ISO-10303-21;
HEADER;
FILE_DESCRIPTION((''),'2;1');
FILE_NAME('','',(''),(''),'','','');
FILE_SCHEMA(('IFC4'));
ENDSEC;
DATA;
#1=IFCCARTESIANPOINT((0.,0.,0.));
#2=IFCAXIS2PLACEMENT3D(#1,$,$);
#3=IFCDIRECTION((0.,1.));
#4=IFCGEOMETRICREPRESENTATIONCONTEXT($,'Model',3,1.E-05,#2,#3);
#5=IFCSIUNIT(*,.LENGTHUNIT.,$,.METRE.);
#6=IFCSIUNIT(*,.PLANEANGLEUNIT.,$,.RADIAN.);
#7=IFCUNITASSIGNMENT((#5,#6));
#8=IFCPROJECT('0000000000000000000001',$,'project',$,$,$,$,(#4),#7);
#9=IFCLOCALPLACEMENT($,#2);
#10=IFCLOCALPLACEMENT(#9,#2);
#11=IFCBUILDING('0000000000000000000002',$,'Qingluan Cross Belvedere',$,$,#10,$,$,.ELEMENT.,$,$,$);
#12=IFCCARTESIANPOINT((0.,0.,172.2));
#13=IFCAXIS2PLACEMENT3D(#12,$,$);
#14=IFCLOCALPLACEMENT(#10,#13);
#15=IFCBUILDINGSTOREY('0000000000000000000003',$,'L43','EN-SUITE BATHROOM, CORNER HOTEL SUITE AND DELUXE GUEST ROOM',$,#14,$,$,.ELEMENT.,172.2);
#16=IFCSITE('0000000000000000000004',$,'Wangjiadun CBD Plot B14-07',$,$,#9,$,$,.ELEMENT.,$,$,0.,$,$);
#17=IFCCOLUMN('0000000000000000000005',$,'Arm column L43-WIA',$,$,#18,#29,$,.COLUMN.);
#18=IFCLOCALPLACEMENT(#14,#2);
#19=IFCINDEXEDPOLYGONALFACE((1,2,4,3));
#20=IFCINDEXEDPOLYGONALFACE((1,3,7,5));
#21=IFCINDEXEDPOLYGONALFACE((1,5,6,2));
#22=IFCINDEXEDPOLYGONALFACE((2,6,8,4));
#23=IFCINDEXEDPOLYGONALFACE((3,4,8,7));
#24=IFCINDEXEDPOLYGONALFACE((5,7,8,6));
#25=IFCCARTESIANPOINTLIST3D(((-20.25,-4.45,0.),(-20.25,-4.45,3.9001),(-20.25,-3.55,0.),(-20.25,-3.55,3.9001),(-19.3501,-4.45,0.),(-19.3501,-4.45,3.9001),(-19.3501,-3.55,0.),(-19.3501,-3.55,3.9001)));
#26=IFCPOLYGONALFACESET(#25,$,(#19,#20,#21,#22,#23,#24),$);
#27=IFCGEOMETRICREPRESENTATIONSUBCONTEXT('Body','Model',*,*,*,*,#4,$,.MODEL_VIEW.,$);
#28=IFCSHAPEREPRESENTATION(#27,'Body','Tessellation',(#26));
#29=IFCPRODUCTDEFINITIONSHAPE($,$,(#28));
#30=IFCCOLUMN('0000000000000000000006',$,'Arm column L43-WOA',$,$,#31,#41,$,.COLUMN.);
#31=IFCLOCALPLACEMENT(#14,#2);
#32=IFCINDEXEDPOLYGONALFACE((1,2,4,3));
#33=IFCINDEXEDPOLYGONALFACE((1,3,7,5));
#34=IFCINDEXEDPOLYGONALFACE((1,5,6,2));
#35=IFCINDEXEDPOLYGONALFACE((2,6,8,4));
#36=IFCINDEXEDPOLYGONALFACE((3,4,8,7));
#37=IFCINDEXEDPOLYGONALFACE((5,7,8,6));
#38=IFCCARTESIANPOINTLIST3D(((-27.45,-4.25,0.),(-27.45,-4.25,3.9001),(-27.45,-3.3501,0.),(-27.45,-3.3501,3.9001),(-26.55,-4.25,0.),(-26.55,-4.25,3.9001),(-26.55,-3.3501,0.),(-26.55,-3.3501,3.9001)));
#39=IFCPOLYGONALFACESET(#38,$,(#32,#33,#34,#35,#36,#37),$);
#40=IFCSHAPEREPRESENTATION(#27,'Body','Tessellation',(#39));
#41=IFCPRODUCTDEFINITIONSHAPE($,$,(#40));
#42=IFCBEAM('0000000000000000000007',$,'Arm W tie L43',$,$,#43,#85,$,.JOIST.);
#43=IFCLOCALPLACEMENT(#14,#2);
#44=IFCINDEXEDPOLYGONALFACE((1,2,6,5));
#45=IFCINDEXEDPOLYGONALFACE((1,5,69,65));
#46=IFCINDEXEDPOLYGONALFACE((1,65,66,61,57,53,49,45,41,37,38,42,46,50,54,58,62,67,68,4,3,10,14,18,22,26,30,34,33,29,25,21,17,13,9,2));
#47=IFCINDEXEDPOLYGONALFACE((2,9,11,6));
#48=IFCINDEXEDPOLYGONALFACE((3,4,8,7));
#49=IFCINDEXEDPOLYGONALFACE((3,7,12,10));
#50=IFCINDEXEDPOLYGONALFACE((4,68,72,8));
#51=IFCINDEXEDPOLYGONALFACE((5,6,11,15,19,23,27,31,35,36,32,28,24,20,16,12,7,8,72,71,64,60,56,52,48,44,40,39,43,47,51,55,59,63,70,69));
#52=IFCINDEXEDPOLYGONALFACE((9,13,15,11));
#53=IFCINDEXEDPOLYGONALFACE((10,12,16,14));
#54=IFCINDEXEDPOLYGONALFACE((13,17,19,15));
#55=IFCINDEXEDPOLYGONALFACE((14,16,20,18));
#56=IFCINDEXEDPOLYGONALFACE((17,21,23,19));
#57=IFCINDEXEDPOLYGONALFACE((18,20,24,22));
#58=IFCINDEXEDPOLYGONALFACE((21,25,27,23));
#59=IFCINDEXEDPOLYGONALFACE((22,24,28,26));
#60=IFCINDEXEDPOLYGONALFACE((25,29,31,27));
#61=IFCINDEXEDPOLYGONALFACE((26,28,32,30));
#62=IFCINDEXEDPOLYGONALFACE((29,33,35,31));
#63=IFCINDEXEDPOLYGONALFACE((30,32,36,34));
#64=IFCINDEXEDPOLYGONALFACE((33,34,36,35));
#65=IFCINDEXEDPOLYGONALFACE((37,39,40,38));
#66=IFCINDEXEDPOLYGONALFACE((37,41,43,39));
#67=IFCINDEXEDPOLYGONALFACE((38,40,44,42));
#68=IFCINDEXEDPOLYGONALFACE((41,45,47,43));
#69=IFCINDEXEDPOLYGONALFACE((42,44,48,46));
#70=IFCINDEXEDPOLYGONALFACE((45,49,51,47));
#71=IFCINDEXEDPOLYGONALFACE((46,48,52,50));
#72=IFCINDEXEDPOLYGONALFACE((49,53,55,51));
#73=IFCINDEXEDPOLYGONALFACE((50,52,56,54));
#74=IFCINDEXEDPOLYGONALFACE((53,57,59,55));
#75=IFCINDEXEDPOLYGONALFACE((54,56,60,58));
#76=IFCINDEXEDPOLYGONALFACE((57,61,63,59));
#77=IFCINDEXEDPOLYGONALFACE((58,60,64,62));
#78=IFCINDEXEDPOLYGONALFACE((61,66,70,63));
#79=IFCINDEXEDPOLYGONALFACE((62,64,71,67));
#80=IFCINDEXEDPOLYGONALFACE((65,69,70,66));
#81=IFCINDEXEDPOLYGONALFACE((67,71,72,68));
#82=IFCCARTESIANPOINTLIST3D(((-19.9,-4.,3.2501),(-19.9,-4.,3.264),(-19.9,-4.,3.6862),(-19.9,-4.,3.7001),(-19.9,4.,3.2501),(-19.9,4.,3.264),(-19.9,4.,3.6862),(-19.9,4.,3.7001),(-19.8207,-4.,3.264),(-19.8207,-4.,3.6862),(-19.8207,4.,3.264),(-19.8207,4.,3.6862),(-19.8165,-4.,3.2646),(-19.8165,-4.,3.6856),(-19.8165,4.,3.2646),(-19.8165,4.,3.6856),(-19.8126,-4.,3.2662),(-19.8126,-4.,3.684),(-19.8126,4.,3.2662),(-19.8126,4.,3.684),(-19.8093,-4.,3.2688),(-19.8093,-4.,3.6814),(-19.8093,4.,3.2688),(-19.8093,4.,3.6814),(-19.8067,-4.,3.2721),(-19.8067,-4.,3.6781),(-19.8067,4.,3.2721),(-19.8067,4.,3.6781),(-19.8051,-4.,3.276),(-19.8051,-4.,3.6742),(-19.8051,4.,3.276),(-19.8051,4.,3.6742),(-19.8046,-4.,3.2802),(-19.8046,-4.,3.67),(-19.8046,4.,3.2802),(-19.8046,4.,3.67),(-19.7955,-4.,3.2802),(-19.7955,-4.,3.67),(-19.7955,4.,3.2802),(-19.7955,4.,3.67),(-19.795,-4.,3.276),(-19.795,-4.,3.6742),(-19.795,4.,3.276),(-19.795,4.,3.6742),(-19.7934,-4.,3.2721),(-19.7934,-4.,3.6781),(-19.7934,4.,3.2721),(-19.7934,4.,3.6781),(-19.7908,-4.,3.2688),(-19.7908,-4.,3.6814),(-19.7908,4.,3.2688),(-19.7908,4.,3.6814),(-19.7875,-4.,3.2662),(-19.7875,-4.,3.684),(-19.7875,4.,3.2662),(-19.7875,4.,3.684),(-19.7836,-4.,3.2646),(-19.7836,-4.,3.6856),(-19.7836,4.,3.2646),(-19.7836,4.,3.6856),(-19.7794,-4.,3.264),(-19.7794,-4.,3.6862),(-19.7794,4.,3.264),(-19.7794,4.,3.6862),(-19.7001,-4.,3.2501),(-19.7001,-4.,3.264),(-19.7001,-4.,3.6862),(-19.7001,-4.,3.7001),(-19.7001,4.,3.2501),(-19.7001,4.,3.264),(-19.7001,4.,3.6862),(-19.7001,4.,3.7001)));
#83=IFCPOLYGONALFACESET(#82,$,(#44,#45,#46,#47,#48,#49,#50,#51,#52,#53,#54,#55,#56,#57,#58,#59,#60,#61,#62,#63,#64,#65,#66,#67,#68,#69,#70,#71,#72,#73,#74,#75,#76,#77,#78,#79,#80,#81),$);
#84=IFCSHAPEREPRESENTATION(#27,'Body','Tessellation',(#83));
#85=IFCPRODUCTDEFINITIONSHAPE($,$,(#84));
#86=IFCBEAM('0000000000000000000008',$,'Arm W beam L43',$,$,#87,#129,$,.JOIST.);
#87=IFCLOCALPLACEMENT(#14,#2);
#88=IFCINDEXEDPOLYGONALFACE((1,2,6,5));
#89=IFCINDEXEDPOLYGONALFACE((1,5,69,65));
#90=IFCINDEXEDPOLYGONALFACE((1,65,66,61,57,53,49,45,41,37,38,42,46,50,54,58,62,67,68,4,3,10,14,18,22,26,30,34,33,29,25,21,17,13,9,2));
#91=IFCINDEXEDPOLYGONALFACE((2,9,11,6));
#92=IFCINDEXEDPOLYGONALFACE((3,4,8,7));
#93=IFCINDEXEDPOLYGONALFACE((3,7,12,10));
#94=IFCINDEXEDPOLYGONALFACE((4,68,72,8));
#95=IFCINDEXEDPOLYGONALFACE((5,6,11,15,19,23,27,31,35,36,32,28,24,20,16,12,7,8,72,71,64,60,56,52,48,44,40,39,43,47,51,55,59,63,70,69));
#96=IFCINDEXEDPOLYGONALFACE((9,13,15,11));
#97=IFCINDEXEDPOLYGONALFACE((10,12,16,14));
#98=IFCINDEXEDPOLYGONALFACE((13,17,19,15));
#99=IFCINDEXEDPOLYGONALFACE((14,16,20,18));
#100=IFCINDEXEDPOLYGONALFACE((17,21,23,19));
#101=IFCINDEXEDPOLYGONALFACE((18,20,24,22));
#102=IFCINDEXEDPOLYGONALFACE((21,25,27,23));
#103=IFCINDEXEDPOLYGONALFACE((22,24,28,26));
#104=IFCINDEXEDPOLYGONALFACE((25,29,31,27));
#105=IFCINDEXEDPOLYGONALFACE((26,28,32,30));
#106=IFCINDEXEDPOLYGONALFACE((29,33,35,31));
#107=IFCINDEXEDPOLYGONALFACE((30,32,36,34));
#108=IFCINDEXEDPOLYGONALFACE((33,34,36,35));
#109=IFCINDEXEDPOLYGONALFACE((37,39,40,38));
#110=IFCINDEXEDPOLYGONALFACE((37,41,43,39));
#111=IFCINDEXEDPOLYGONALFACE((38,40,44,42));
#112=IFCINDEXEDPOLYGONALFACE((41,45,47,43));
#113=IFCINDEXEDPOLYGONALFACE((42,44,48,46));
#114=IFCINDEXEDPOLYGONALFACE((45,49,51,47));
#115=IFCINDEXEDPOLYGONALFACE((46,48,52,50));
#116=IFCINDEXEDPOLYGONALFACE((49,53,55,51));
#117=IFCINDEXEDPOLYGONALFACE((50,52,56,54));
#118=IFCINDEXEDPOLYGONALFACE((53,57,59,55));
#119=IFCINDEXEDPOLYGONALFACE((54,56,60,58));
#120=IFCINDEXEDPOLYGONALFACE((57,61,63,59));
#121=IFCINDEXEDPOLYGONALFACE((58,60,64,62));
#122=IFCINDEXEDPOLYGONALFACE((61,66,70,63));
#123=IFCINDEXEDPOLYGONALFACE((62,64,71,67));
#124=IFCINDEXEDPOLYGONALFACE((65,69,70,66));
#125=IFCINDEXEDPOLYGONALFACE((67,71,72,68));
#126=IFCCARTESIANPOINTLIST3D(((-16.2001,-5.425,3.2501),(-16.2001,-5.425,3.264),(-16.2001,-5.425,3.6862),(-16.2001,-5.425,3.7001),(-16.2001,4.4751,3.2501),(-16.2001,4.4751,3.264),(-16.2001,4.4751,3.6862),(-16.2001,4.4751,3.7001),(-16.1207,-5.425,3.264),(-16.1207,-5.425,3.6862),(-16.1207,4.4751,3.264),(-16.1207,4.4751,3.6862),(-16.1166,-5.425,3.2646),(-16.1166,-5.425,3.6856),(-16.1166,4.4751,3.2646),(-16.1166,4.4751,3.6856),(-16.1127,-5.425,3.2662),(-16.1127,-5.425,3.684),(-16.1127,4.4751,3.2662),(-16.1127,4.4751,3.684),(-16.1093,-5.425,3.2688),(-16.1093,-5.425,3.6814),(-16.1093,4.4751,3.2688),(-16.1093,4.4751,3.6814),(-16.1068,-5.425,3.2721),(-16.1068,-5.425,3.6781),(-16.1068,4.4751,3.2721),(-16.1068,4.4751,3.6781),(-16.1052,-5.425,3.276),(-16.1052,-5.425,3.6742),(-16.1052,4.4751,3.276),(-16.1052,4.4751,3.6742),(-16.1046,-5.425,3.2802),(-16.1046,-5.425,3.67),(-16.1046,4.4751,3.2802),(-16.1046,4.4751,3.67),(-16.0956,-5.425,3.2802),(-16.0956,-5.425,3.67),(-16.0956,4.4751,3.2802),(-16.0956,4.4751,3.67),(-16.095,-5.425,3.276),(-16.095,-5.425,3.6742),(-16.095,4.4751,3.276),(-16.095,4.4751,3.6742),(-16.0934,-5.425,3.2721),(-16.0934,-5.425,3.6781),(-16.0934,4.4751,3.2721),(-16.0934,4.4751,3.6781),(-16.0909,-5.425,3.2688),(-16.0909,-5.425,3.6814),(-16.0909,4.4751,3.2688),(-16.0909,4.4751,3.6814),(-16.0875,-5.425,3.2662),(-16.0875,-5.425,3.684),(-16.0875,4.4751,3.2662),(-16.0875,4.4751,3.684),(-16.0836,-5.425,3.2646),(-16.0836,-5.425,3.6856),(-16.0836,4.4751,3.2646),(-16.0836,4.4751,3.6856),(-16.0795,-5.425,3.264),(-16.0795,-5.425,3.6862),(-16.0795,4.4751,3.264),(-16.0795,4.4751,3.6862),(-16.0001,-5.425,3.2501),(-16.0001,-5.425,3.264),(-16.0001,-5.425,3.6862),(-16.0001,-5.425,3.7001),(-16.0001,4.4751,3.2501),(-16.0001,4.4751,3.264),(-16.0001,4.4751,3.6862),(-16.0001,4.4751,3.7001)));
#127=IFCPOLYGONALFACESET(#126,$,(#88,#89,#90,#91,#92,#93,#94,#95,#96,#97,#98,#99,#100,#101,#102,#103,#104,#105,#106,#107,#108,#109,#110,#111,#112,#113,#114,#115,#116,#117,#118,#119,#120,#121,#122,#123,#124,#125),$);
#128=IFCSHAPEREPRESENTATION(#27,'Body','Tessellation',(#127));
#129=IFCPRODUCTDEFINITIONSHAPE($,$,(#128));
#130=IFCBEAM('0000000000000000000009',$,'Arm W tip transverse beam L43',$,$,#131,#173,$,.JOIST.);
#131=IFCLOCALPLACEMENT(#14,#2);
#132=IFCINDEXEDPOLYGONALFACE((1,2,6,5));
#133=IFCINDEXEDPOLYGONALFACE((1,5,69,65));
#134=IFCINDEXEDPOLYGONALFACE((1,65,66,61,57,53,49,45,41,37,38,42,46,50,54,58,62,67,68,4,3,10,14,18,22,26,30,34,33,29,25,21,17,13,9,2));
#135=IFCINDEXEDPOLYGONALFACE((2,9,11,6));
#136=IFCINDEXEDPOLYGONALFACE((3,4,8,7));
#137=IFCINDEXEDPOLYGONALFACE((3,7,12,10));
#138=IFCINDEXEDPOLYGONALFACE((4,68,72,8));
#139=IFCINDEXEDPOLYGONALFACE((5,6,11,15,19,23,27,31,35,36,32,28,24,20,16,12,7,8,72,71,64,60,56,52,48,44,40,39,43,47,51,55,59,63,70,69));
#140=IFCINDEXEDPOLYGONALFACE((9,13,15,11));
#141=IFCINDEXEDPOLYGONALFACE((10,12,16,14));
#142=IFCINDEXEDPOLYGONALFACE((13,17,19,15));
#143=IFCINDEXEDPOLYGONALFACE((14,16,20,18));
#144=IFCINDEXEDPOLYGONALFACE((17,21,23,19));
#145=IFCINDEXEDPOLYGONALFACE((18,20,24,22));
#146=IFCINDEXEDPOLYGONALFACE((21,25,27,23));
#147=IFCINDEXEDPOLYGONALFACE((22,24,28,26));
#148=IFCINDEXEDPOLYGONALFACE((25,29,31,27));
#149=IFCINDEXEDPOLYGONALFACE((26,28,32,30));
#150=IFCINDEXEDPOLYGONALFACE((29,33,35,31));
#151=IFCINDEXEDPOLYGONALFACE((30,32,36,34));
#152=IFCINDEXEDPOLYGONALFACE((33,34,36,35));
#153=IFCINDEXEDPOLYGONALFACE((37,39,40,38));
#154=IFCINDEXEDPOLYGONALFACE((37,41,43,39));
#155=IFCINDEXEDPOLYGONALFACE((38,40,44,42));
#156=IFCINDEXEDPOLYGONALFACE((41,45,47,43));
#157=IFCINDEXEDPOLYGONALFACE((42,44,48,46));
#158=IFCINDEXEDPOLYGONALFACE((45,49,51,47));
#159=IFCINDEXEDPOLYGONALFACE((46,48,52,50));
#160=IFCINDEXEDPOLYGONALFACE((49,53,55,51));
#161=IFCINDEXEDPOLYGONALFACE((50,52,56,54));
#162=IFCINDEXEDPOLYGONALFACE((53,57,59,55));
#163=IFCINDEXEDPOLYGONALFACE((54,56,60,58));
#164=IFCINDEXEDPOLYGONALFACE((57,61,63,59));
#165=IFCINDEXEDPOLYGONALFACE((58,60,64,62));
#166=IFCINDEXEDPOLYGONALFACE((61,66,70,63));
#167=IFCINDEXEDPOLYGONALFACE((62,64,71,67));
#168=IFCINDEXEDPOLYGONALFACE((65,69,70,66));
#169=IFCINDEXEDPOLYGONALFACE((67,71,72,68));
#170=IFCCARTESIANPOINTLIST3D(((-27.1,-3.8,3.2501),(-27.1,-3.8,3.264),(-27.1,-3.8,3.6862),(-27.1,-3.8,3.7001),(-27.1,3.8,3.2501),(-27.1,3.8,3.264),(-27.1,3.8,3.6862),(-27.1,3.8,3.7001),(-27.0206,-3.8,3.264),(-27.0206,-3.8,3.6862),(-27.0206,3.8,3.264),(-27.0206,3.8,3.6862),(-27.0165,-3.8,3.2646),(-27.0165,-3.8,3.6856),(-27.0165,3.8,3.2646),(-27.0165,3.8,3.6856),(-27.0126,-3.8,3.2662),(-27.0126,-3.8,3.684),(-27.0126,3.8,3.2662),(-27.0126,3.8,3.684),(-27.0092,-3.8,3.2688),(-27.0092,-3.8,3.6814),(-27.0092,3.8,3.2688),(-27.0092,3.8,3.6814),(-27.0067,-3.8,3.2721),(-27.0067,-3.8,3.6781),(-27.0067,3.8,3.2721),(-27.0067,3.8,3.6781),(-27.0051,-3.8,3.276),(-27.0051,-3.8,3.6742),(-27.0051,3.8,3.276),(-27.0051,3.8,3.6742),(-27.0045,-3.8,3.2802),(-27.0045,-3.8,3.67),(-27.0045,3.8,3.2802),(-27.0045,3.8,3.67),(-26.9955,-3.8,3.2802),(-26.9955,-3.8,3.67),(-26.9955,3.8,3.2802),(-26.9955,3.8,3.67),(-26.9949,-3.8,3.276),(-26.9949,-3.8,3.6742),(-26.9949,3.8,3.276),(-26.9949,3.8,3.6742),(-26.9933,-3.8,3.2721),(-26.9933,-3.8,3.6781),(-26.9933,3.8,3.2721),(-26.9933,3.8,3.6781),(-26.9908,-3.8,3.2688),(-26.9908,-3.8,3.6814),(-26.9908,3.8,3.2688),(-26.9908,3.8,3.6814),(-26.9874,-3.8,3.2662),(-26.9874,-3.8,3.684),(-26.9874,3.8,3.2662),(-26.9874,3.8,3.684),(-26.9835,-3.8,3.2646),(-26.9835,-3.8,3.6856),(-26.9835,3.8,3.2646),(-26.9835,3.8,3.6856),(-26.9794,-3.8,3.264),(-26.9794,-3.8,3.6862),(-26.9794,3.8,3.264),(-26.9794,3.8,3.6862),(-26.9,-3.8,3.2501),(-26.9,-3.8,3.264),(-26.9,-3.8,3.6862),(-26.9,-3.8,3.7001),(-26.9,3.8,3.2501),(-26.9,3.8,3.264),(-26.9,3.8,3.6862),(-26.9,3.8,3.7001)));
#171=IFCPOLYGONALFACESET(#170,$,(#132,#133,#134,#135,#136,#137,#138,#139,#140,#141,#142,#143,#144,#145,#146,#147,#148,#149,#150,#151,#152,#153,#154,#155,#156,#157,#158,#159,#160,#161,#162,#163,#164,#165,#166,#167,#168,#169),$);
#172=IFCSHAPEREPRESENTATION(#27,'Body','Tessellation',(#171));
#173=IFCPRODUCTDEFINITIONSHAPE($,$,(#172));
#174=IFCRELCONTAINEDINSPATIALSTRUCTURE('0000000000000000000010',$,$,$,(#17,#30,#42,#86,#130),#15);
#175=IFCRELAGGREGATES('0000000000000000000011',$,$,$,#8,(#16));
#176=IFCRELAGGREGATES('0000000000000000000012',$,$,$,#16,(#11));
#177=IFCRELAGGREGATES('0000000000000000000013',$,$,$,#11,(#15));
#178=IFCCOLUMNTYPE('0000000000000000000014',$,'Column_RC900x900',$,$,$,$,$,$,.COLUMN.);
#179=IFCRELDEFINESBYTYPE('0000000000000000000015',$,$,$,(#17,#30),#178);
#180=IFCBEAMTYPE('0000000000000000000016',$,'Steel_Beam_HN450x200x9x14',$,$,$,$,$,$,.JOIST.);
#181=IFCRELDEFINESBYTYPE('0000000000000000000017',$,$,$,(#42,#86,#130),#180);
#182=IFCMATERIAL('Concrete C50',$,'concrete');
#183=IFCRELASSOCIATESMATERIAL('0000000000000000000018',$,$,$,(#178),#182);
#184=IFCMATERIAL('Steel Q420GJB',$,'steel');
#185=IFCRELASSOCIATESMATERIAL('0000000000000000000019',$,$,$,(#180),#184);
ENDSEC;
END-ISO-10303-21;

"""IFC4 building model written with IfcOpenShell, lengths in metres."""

from ifc_helpers import new_model, si_unit, direction, frame, origin, origin_2d, place, context, subcontext, project, spatial, rectangle, i_section, extrude, material, material_profile, profile_set, type_object, element, save


model = new_model("IFC4")

# Units and contexts
model_context = context("Model", 3, precision=1e-05, world=origin(), true_north=direction((0.0, 1.0)))
body_context = subcontext(model_context, "Body", "Model", "MODEL_VIEW")
ifc_project = project(units=[si_unit("LENGTHUNIT", "METRE"), si_unit("PLANEANGLEUNIT", "RADIAN")], contexts=[model_context])

# Site, building, storey
site_placement = place(None, origin())
site = spatial("IfcSite", under=ifc_project, at=site_placement, Name="Wangjiadun CBD Plot B14-07", CompositionType="ELEMENT", RefElevation=0.0)
building_placement = place(site_placement, origin())
building = spatial("IfcBuilding", under=site, at=building_placement, Name="Qingluan Cross Belvedere", CompositionType="ELEMENT")
storey_placement = place(building_placement, frame((0.0, 0.0, 172.2)))
storey = spatial("IfcBuildingStorey", under=building, at=storey_placement, Name="L43", Description="EN-SUITE BATHROOM, CORNER HOTEL SUITE AND DELUXE GUEST ROOM", CompositionType="ELEMENT", Elevation=172.2)

# Columns
ifc_material_1 = material(Name="Concrete C50", Category="concrete")
ifc_material_profile_1 = material_profile(ifc_material_1, rectangle(XDim=0.8999, YDim=0.8999, at=origin_2d()), Name="RC900x900")
ifc_profile_set_1 = profile_set([ifc_material_profile_1], Name="Concrete C50")
column_type = type_object("IfcColumnType", Name="Column_RC900x900", PredefinedType="COLUMN", material=ifc_profile_set_1)
for number, where, z_axis, x_axis, name in (
    (1, (-19.8, -4.0, 0.0), (0.0, 0.0, 1.0), (1.0, 0.0, 0.0), "Arm column L43-WIA"),
    (2, (-27.0, -3.8, 0.0), (0.0, 0.0, 1.0), (1.0, 0.0, 0.0), "Arm column L43-WOA"),
):
    element("IfcColumn", number, at=place(storey_placement, frame(where, z_axis=z_axis, x_axis=x_axis)), inside=storey, type_object=column_type, Name=name, PredefinedType="COLUMN", context=body_context, shape_type="SweptSolid", body=[
        extrude(rectangle(XDim=0.8999, YDim=0.8999, at=origin_2d()), origin(), (0.0, 0.0, 1.0), 3.9001),
    ])

# Beams
ifc_material_2 = material(Name="Steel Q420GJB", Category="steel")
ifc_material_profile_2 = material_profile(ifc_material_2, i_section(OverallWidth=0.2, OverallDepth=0.45, WebThickness=0.009, FlangeThickness=0.0139, FilletRadius=0.0161, at=origin_2d()), Name="HN450x200x9x14")
ifc_profile_set_2 = profile_set([ifc_material_profile_2], Name="Steel Q420GJB")
beam_type_1 = type_object("IfcBeamType", Name="Steel_Beam_HN450x200x9x14", PredefinedType="JOIST", material=ifc_profile_set_2)
beam_1_placement = place(storey_placement, frame((-19.8, -4.0, 3.4751), z_axis=(0.0, 1.0, 0.0), x_axis=(-1.0, 0.0, 0.0)))
element("IfcBeam", 3, at=beam_1_placement, inside=storey, type_object=beam_type_1, Name="Arm W tie L43", PredefinedType="JOIST", context=body_context, shape_type="SweptSolid", body=[
    extrude(i_section(OverallWidth=0.2, OverallDepth=0.45, WebThickness=0.009, FlangeThickness=0.0139, FilletRadius=0.0161, at=origin_2d()), origin(), (0.0, 0.0, 1.0), 8.0),
])
beam_2_placement = place(storey_placement, frame((-16.1001, -5.425, 3.4751), z_axis=(0.0, 1.0, 0.0), x_axis=(-1.0, 0.0, 0.0)))
element("IfcBeam", 4, at=beam_2_placement, inside=storey, type_object=beam_type_1, Name="Arm W beam L43", PredefinedType="JOIST", context=body_context, shape_type="SweptSolid", body=[
    extrude(i_section(OverallWidth=0.2, OverallDepth=0.45, WebThickness=0.009, FlangeThickness=0.0139, FilletRadius=0.0161, at=origin_2d()), origin(), (0.0, 0.0, 1.0), 9.9001),
])
beam_3_placement = place(storey_placement, frame((-27.0, -3.8, 3.4751), z_axis=(0.0, 1.0, 0.0), x_axis=(-1.0, 0.0, 0.0)))
element("IfcBeam", 5, at=beam_3_placement, inside=storey, type_object=beam_type_1, Name="Arm W tip transverse beam L43", PredefinedType="JOIST", context=body_context, shape_type="SweptSolid", body=[
    extrude(i_section(OverallWidth=0.2, OverallDepth=0.45, WebThickness=0.009, FlangeThickness=0.0139, FilletRadius=0.0161, at=origin_2d()), origin(), (0.0, 0.0, 1.0), 7.6001),
])

save(model, "model.ifc")
